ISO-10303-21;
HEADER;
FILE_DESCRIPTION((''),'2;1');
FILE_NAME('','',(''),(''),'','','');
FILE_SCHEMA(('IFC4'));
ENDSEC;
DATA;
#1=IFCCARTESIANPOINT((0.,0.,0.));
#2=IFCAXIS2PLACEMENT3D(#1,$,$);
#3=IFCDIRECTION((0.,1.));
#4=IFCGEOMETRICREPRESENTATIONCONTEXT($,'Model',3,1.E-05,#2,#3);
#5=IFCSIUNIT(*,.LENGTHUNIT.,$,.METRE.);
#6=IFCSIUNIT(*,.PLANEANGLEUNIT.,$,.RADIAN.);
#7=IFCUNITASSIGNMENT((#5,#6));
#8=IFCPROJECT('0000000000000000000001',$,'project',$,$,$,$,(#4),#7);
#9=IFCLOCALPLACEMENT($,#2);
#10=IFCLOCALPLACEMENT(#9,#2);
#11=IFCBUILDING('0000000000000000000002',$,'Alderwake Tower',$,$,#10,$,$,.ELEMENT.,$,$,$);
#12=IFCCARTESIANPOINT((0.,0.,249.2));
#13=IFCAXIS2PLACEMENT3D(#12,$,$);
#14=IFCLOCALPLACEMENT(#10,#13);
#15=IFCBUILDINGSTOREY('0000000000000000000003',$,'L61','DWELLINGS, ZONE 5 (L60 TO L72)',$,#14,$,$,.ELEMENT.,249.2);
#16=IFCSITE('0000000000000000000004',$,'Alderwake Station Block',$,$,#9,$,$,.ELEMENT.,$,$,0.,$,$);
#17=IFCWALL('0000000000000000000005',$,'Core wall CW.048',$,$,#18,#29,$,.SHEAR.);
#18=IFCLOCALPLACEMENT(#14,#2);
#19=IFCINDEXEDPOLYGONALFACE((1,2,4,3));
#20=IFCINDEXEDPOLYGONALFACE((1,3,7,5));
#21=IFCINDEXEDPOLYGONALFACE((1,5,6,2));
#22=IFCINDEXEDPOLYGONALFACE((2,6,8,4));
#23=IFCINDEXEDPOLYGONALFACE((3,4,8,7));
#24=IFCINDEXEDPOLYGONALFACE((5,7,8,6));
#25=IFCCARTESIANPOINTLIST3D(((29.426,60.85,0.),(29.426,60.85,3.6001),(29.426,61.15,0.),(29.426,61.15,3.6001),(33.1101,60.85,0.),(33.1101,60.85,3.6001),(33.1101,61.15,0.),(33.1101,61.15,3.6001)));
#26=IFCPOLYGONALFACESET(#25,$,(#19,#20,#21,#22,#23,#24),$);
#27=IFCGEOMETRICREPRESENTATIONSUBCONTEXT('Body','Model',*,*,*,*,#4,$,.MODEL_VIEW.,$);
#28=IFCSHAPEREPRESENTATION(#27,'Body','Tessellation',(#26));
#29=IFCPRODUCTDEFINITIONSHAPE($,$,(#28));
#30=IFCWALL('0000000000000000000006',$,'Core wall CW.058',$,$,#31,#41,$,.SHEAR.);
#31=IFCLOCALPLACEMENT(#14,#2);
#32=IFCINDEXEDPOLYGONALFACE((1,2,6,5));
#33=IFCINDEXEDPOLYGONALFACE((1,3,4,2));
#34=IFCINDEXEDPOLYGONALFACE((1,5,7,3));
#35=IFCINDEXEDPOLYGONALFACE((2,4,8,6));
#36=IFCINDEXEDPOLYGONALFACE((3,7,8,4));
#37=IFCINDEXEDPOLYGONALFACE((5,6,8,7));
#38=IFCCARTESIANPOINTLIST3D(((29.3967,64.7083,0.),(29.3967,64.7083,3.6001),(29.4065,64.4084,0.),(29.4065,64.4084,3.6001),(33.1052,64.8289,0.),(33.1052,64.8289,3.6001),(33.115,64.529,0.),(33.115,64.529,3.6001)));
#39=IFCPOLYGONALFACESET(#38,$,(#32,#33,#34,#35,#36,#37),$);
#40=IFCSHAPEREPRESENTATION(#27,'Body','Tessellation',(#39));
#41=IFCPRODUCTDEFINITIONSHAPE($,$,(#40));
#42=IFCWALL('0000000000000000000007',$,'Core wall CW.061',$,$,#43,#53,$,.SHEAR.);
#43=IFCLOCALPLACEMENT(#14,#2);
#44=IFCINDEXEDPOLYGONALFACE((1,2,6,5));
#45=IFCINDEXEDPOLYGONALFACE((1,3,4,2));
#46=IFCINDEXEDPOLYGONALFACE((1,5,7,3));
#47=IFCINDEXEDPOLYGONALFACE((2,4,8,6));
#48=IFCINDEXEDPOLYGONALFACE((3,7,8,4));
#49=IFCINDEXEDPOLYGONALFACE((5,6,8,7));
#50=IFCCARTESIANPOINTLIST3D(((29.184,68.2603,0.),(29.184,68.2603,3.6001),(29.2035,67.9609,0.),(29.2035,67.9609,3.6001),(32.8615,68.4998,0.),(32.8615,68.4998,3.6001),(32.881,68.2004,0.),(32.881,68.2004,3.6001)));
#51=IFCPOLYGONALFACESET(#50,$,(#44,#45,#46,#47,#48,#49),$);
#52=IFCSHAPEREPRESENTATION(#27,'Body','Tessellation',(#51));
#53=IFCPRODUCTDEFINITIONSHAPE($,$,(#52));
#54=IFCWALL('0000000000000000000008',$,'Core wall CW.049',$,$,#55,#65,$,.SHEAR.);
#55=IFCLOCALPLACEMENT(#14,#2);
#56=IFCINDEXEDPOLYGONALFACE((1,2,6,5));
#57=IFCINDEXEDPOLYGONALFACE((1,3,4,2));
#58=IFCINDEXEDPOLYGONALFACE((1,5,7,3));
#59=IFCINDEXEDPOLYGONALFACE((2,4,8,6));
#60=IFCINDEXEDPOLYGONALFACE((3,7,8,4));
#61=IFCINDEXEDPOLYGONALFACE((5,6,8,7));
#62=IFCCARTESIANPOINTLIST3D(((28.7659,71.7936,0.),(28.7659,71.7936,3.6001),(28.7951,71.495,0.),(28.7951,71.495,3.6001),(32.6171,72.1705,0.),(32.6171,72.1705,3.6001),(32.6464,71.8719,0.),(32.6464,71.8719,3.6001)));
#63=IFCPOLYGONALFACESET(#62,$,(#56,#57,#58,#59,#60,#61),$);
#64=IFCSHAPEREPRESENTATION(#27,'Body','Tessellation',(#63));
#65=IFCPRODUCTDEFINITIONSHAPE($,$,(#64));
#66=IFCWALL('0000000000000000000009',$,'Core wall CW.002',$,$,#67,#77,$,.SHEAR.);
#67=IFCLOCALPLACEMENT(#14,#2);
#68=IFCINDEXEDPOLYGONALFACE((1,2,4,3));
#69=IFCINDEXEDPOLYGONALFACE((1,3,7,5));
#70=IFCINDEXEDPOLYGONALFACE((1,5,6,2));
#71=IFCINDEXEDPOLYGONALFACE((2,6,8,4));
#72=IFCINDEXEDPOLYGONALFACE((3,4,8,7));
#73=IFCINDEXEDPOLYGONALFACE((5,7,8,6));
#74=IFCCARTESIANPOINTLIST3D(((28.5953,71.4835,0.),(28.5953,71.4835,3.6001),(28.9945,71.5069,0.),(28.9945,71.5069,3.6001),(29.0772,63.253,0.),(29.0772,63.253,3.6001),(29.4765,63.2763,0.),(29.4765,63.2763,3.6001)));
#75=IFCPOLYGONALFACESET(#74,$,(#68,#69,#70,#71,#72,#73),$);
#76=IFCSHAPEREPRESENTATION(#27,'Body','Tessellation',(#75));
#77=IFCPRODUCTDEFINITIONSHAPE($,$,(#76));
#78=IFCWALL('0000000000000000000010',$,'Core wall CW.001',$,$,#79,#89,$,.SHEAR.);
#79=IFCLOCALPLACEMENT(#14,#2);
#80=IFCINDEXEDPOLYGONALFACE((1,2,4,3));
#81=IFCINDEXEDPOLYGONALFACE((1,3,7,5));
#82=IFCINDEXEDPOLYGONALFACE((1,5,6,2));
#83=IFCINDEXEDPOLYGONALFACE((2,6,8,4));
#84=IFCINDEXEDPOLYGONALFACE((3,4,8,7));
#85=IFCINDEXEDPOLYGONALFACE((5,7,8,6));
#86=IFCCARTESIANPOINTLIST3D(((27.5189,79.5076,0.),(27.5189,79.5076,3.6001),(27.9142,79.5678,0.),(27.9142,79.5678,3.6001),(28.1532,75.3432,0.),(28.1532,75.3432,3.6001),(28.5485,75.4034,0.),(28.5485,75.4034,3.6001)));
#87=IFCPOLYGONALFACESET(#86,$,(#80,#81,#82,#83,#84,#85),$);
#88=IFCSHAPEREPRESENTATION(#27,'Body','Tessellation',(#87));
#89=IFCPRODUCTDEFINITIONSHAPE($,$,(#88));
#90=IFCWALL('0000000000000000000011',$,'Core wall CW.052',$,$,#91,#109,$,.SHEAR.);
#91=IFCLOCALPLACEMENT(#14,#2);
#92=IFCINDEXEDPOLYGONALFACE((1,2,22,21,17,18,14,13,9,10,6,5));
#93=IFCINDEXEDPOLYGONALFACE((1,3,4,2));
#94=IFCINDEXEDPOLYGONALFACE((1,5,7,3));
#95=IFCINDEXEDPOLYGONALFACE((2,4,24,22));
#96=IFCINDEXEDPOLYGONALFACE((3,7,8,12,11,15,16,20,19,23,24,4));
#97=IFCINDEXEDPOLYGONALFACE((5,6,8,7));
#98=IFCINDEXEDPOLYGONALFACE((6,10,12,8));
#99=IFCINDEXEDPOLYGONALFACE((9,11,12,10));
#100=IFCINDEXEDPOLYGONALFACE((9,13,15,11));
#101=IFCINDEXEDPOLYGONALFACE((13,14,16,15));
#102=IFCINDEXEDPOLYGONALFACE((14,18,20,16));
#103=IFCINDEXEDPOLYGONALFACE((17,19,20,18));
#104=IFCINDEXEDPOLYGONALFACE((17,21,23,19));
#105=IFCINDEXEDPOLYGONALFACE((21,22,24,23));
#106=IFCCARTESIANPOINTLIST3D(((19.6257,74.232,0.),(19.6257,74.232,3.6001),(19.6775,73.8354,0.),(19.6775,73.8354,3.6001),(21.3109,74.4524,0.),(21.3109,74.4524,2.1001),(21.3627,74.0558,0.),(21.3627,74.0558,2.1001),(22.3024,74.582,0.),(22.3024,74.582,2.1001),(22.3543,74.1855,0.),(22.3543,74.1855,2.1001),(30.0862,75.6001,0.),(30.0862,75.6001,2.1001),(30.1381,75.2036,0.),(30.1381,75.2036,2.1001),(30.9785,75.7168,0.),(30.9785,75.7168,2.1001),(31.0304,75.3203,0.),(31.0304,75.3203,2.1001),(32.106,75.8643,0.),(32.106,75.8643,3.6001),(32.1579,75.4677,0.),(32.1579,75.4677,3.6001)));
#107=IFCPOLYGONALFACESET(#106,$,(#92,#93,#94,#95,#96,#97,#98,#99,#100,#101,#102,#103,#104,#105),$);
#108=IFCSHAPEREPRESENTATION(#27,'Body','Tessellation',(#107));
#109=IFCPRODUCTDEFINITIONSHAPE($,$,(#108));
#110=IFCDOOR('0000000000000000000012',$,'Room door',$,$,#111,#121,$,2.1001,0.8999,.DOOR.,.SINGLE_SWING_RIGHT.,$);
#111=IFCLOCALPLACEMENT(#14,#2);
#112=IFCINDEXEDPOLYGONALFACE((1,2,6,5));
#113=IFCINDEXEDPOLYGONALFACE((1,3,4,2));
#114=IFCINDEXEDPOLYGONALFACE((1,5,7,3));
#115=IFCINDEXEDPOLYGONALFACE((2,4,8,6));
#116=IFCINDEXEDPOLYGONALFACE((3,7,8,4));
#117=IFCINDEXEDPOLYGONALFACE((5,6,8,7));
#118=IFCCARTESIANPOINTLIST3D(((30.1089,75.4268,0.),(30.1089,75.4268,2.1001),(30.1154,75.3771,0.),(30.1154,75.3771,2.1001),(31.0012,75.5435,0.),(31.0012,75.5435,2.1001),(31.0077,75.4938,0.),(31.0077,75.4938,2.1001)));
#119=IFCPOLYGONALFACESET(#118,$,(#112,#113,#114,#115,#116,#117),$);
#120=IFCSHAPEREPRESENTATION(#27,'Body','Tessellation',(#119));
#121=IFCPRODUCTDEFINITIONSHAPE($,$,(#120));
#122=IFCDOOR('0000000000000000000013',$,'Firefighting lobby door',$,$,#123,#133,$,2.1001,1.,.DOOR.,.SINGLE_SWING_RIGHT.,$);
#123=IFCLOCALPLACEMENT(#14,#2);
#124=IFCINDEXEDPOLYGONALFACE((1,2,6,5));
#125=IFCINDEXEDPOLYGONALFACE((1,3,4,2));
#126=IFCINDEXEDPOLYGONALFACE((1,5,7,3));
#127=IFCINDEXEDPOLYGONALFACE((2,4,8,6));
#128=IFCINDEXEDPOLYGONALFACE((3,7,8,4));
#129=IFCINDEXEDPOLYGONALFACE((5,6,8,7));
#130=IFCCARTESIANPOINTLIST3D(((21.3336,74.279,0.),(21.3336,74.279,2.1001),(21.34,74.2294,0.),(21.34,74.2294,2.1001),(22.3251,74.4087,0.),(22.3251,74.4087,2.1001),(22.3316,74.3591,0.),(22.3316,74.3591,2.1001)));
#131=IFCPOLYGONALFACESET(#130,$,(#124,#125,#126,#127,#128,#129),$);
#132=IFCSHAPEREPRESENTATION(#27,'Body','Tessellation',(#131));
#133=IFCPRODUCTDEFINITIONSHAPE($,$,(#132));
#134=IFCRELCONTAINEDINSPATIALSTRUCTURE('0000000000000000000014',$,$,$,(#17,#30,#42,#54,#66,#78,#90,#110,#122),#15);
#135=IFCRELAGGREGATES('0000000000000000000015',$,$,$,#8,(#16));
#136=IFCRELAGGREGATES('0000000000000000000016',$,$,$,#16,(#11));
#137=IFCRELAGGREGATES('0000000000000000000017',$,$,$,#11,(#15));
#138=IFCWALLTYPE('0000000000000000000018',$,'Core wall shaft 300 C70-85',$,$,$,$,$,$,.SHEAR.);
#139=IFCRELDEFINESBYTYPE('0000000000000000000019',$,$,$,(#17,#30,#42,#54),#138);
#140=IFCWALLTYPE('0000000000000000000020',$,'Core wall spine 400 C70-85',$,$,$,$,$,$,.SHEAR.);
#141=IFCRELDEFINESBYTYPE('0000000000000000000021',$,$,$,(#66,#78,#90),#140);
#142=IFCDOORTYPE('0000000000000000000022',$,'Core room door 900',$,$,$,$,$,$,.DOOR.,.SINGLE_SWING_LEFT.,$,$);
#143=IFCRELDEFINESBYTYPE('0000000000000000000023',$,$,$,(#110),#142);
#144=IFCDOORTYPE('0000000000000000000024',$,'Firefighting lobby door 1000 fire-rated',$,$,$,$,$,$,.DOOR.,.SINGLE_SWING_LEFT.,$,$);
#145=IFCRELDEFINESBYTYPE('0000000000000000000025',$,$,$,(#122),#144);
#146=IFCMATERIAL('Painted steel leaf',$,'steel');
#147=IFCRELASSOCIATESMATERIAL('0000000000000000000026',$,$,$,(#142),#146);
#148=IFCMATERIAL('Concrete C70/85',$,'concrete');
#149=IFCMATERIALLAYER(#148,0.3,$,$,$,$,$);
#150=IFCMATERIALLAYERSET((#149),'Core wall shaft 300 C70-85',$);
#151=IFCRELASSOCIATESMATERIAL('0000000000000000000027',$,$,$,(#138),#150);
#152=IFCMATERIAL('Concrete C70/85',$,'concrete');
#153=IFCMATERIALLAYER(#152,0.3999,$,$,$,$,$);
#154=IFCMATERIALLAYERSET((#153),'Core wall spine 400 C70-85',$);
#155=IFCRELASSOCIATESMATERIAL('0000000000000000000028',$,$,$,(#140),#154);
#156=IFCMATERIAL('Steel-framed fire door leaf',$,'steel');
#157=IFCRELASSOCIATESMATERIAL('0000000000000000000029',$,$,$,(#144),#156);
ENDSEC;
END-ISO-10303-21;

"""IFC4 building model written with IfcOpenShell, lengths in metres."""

from ifc_helpers import new_model, si_unit, direction, frame, frame_2d, origin, place, context, subcontext, project, spatial, rectangle, extrude, material, layer, layer_set, type_object, element, fill, save


model = new_model("IFC4")

# Units and contexts
model_context = context("Model", 3, precision=1e-05, world=origin(), true_north=direction((0.0, 1.0)))
body_context = subcontext(model_context, "Body", "Model", "MODEL_VIEW")
ifc_project = project(units=[si_unit("LENGTHUNIT", "METRE"), si_unit("PLANEANGLEUNIT", "RADIAN")], contexts=[model_context])

# Site, building, storey
site_placement = place(None, origin())
site = spatial("IfcSite", under=ifc_project, at=site_placement, Name="Alderwake Station Block", CompositionType="ELEMENT", RefElevation=0.0)
building_placement = place(site_placement, origin())
building = spatial("IfcBuilding", under=site, at=building_placement, Name="Alderwake Tower", CompositionType="ELEMENT")
storey_placement = place(building_placement, frame((0.0, 0.0, 249.2)))
storey = spatial("IfcBuildingStorey", under=building, at=storey_placement, Name="L61", Description="DWELLINGS, ZONE 5 (L60 TO L72)", CompositionType="ELEMENT", Elevation=249.2)

# Shared definitions
ifc_material_1 = material(Name="Painted steel leaf", Category="steel")
door_type_1 = type_object("IfcDoorType", Name="Core room door 900", OperationType="SINGLE_SWING_LEFT", PredefinedType="DOOR", material=ifc_material_1)

# Walls
ifc_material_2 = material(Name="Concrete C70/85", Category="concrete")
ifc_layer_1 = layer(ifc_material_2, 0.3)
ifc_layer_set_1 = layer_set([ifc_layer_1], Name="Core wall shaft 300 C70-85")
wall_type_1 = type_object("IfcWallType", Name="Core wall shaft 300 C70-85", PredefinedType="SHEAR", material=ifc_layer_set_1)
wall_1_placement = place(storey_placement, frame((29.426, 61.0, 0.0), z_axis=(0.0, 0.0, 1.0), x_axis=(1.0, 0.0, 0.0)))
element("IfcWall", 1, at=wall_1_placement, inside=storey, type_object=wall_type_1, Name="Core wall CW.048", PredefinedType="SHEAR", context=body_context, shape_type="SweptSolid", body=[
    extrude(rectangle(XDim=3.6841, YDim=0.3, at=frame_2d((1.842, 0.0))), origin(), (0.0, 0.0, 1.0), 3.6001),
])
wall_2_placement = place(storey_placement, frame((29.4016, 64.5583, 0.0), z_axis=(0.0, 0.0, 1.0), x_axis=(0.999472, 0.032504, 0.0)))
element("IfcWall", 2, at=wall_2_placement, inside=storey, type_object=wall_type_1, Name="Core wall CW.058", PredefinedType="SHEAR", context=body_context, shape_type="SweptSolid", body=[
    extrude(rectangle(XDim=3.7104, YDim=0.3, at=frame_2d((1.8552, 0.0))), origin(), (0.0, 0.0, 1.0), 3.6001),
])
wall_3_placement = place(storey_placement, frame((29.1936, 68.1106, 0.0), z_axis=(0.0, 0.0, 1.0), x_axis=(0.997886, 0.064989, 0.0)))
element("IfcWall", 3, at=wall_3_placement, inside=storey, type_object=wall_type_1, Name="Core wall CW.061", PredefinedType="SHEAR", context=body_context, shape_type="SweptSolid", body=[
    extrude(rectangle(XDim=3.6853, YDim=0.3, at=frame_2d((1.8428, 0.0))), origin(), (0.0, 0.0, 1.0), 3.6001),
])
wall_4_placement = place(storey_placement, frame((28.7805, 71.6443, 0.0), z_axis=(0.0, 0.0, 1.0), x_axis=(0.995244, 0.097411, 0.0)))
element("IfcWall", 4, at=wall_4_placement, inside=storey, type_object=wall_type_1, Name="Core wall CW.049", PredefinedType="SHEAR", context=body_context, shape_type="SweptSolid", body=[
    extrude(rectangle(XDim=3.8696, YDim=0.3, at=frame_2d((1.9348, 0.0))), origin(), (0.0, 0.0, 1.0), 3.6001),
])
ifc_material_3 = material(Name="Concrete C70/85", Category="concrete")
ifc_layer_2 = layer(ifc_material_3, 0.3999)
ifc_layer_set_2 = layer_set([ifc_layer_2], Name="Core wall spine 400 C70-85")
wall_type_2 = type_object("IfcWallType", Name="Core wall spine 400 C70-85", PredefinedType="SHEAR", material=ifc_layer_set_2)
wall_5_placement = place(storey_placement, frame((29.2769, 63.2646, 0.0), z_axis=(0.0, 0.0, 1.0), x_axis=(-0.058455, 0.99829, 0.0)))
element("IfcWall", 5, at=wall_5_placement, inside=storey, type_object=wall_type_2, Name="Core wall CW.002", PredefinedType="SHEAR", context=body_context, shape_type="SweptSolid", body=[
    extrude(rectangle(XDim=8.2446, YDim=0.3999, at=frame_2d((4.1223, 0.0))), origin(), (0.0, 0.0, 1.0), 3.6001),
])
wall_6_placement = place(storey_placement, frame((28.3508, 75.3733, 0.0), z_axis=(0.0, 0.0, 1.0), x_axis=(-0.150576, 0.988598, 0.0)))
element("IfcWall", 6, at=wall_6_placement, inside=storey, type_object=wall_type_2, Name="Core wall CW.001", PredefinedType="SHEAR", context=body_context, shape_type="SweptSolid", body=[
    extrude(rectangle(XDim=4.2124, YDim=0.3999, at=frame_2d((2.1062, 0.0))), origin(), (0.0, 0.0, 1.0), 3.6001),
])

# Wall, openings, doors
wall_7_placement = place(storey_placement, frame((32.1321, 75.666, 0.0), z_axis=(0.0, 0.0, 1.0), x_axis=(-0.991555, -0.129686, 0.0)))
wall_7 = element("IfcWall", 7, at=wall_7_placement, inside=storey, type_object=wall_type_2, Name="Core wall CW.052", PredefinedType="SHEAR", context=body_context, shape_type="SweptSolid", body=[
    extrude(rectangle(XDim=12.5867, YDim=0.3999, at=frame_2d((6.2935, 0.0))), origin(), (0.0, 0.0, 1.0), 3.6001),
])
opening_1_placement = place(wall_7_placement, frame((9.8872, 0.0, 0.0)))
opening_1 = element("IfcOpeningElement", 8, at=opening_1_placement, cuts=wall_7, PredefinedType="OPENING", context=body_context, shape_type="SweptSolid", body=[
    extrude(rectangle(XDim=1.0, YDim=2.1001, at=frame_2d((0.5, 1.05))), frame((0.0, 0.21, 0.0), z_axis=(0.0, -1.0, 0.0), x_axis=(1.0, 0.0, 0.0)), (0.0, 0.0, 1.0), 0.4199),
])
opening_2_placement = place(wall_7_placement, frame((1.1372, 0.0, 0.0)))
opening_2 = element("IfcOpeningElement", 9, at=opening_2_placement, cuts=wall_7, PredefinedType="OPENING", context=body_context, shape_type="SweptSolid", body=[
    extrude(rectangle(XDim=0.8999, YDim=2.1001, at=frame_2d((0.45, 1.05))), frame((0.0, 0.21, 0.0), z_axis=(0.0, -1.0, 0.0), x_axis=(1.0, 0.0, 0.0)), (0.0, 0.0, 1.0), 0.4199),
])
door_1_placement = place(opening_2_placement, origin())
door_1 = element("IfcDoor", 10, at=door_1_placement, inside=storey, type_object=door_type_1, Name="Room door", OperationType="SINGLE_SWING_RIGHT", OverallHeight=2.1001, OverallWidth=0.8999, PredefinedType="DOOR", context=body_context, shape_type="SweptSolid", body=[
    extrude(rectangle(XDim=0.8999, YDim=2.1001, at=frame_2d((0.45, 1.05))), frame((0.0, 0.0249, 0.0), z_axis=(0.0, -1.0, 0.0), x_axis=(1.0, 0.0, 0.0)), (0.0, 0.0, 1.0), 0.05),
])
fill(opening_2, door_1)
ifc_material_4 = material(Name="Steel-framed fire door leaf", Category="steel")
door_type_2 = type_object("IfcDoorType", Name="Firefighting lobby door 1000 fire-rated", OperationType="SINGLE_SWING_LEFT", PredefinedType="DOOR", material=ifc_material_4)
door_2_placement = place(opening_1_placement, origin())
door_2 = element("IfcDoor", 11, at=door_2_placement, inside=storey, type_object=door_type_2, Name="Firefighting lobby door", OperationType="SINGLE_SWING_RIGHT", OverallHeight=2.1001, OverallWidth=1.0, PredefinedType="DOOR", context=body_context, shape_type="SweptSolid", body=[
    extrude(rectangle(XDim=1.0, YDim=2.1001, at=frame_2d((0.5, 1.05))), frame((0.0, 0.0249, 0.0), z_axis=(0.0, -1.0, 0.0), x_axis=(1.0, 0.0, 0.0)), (0.0, 0.0, 1.0), 0.05),
])
fill(opening_1, door_2)

save(model, "model.ifc")
